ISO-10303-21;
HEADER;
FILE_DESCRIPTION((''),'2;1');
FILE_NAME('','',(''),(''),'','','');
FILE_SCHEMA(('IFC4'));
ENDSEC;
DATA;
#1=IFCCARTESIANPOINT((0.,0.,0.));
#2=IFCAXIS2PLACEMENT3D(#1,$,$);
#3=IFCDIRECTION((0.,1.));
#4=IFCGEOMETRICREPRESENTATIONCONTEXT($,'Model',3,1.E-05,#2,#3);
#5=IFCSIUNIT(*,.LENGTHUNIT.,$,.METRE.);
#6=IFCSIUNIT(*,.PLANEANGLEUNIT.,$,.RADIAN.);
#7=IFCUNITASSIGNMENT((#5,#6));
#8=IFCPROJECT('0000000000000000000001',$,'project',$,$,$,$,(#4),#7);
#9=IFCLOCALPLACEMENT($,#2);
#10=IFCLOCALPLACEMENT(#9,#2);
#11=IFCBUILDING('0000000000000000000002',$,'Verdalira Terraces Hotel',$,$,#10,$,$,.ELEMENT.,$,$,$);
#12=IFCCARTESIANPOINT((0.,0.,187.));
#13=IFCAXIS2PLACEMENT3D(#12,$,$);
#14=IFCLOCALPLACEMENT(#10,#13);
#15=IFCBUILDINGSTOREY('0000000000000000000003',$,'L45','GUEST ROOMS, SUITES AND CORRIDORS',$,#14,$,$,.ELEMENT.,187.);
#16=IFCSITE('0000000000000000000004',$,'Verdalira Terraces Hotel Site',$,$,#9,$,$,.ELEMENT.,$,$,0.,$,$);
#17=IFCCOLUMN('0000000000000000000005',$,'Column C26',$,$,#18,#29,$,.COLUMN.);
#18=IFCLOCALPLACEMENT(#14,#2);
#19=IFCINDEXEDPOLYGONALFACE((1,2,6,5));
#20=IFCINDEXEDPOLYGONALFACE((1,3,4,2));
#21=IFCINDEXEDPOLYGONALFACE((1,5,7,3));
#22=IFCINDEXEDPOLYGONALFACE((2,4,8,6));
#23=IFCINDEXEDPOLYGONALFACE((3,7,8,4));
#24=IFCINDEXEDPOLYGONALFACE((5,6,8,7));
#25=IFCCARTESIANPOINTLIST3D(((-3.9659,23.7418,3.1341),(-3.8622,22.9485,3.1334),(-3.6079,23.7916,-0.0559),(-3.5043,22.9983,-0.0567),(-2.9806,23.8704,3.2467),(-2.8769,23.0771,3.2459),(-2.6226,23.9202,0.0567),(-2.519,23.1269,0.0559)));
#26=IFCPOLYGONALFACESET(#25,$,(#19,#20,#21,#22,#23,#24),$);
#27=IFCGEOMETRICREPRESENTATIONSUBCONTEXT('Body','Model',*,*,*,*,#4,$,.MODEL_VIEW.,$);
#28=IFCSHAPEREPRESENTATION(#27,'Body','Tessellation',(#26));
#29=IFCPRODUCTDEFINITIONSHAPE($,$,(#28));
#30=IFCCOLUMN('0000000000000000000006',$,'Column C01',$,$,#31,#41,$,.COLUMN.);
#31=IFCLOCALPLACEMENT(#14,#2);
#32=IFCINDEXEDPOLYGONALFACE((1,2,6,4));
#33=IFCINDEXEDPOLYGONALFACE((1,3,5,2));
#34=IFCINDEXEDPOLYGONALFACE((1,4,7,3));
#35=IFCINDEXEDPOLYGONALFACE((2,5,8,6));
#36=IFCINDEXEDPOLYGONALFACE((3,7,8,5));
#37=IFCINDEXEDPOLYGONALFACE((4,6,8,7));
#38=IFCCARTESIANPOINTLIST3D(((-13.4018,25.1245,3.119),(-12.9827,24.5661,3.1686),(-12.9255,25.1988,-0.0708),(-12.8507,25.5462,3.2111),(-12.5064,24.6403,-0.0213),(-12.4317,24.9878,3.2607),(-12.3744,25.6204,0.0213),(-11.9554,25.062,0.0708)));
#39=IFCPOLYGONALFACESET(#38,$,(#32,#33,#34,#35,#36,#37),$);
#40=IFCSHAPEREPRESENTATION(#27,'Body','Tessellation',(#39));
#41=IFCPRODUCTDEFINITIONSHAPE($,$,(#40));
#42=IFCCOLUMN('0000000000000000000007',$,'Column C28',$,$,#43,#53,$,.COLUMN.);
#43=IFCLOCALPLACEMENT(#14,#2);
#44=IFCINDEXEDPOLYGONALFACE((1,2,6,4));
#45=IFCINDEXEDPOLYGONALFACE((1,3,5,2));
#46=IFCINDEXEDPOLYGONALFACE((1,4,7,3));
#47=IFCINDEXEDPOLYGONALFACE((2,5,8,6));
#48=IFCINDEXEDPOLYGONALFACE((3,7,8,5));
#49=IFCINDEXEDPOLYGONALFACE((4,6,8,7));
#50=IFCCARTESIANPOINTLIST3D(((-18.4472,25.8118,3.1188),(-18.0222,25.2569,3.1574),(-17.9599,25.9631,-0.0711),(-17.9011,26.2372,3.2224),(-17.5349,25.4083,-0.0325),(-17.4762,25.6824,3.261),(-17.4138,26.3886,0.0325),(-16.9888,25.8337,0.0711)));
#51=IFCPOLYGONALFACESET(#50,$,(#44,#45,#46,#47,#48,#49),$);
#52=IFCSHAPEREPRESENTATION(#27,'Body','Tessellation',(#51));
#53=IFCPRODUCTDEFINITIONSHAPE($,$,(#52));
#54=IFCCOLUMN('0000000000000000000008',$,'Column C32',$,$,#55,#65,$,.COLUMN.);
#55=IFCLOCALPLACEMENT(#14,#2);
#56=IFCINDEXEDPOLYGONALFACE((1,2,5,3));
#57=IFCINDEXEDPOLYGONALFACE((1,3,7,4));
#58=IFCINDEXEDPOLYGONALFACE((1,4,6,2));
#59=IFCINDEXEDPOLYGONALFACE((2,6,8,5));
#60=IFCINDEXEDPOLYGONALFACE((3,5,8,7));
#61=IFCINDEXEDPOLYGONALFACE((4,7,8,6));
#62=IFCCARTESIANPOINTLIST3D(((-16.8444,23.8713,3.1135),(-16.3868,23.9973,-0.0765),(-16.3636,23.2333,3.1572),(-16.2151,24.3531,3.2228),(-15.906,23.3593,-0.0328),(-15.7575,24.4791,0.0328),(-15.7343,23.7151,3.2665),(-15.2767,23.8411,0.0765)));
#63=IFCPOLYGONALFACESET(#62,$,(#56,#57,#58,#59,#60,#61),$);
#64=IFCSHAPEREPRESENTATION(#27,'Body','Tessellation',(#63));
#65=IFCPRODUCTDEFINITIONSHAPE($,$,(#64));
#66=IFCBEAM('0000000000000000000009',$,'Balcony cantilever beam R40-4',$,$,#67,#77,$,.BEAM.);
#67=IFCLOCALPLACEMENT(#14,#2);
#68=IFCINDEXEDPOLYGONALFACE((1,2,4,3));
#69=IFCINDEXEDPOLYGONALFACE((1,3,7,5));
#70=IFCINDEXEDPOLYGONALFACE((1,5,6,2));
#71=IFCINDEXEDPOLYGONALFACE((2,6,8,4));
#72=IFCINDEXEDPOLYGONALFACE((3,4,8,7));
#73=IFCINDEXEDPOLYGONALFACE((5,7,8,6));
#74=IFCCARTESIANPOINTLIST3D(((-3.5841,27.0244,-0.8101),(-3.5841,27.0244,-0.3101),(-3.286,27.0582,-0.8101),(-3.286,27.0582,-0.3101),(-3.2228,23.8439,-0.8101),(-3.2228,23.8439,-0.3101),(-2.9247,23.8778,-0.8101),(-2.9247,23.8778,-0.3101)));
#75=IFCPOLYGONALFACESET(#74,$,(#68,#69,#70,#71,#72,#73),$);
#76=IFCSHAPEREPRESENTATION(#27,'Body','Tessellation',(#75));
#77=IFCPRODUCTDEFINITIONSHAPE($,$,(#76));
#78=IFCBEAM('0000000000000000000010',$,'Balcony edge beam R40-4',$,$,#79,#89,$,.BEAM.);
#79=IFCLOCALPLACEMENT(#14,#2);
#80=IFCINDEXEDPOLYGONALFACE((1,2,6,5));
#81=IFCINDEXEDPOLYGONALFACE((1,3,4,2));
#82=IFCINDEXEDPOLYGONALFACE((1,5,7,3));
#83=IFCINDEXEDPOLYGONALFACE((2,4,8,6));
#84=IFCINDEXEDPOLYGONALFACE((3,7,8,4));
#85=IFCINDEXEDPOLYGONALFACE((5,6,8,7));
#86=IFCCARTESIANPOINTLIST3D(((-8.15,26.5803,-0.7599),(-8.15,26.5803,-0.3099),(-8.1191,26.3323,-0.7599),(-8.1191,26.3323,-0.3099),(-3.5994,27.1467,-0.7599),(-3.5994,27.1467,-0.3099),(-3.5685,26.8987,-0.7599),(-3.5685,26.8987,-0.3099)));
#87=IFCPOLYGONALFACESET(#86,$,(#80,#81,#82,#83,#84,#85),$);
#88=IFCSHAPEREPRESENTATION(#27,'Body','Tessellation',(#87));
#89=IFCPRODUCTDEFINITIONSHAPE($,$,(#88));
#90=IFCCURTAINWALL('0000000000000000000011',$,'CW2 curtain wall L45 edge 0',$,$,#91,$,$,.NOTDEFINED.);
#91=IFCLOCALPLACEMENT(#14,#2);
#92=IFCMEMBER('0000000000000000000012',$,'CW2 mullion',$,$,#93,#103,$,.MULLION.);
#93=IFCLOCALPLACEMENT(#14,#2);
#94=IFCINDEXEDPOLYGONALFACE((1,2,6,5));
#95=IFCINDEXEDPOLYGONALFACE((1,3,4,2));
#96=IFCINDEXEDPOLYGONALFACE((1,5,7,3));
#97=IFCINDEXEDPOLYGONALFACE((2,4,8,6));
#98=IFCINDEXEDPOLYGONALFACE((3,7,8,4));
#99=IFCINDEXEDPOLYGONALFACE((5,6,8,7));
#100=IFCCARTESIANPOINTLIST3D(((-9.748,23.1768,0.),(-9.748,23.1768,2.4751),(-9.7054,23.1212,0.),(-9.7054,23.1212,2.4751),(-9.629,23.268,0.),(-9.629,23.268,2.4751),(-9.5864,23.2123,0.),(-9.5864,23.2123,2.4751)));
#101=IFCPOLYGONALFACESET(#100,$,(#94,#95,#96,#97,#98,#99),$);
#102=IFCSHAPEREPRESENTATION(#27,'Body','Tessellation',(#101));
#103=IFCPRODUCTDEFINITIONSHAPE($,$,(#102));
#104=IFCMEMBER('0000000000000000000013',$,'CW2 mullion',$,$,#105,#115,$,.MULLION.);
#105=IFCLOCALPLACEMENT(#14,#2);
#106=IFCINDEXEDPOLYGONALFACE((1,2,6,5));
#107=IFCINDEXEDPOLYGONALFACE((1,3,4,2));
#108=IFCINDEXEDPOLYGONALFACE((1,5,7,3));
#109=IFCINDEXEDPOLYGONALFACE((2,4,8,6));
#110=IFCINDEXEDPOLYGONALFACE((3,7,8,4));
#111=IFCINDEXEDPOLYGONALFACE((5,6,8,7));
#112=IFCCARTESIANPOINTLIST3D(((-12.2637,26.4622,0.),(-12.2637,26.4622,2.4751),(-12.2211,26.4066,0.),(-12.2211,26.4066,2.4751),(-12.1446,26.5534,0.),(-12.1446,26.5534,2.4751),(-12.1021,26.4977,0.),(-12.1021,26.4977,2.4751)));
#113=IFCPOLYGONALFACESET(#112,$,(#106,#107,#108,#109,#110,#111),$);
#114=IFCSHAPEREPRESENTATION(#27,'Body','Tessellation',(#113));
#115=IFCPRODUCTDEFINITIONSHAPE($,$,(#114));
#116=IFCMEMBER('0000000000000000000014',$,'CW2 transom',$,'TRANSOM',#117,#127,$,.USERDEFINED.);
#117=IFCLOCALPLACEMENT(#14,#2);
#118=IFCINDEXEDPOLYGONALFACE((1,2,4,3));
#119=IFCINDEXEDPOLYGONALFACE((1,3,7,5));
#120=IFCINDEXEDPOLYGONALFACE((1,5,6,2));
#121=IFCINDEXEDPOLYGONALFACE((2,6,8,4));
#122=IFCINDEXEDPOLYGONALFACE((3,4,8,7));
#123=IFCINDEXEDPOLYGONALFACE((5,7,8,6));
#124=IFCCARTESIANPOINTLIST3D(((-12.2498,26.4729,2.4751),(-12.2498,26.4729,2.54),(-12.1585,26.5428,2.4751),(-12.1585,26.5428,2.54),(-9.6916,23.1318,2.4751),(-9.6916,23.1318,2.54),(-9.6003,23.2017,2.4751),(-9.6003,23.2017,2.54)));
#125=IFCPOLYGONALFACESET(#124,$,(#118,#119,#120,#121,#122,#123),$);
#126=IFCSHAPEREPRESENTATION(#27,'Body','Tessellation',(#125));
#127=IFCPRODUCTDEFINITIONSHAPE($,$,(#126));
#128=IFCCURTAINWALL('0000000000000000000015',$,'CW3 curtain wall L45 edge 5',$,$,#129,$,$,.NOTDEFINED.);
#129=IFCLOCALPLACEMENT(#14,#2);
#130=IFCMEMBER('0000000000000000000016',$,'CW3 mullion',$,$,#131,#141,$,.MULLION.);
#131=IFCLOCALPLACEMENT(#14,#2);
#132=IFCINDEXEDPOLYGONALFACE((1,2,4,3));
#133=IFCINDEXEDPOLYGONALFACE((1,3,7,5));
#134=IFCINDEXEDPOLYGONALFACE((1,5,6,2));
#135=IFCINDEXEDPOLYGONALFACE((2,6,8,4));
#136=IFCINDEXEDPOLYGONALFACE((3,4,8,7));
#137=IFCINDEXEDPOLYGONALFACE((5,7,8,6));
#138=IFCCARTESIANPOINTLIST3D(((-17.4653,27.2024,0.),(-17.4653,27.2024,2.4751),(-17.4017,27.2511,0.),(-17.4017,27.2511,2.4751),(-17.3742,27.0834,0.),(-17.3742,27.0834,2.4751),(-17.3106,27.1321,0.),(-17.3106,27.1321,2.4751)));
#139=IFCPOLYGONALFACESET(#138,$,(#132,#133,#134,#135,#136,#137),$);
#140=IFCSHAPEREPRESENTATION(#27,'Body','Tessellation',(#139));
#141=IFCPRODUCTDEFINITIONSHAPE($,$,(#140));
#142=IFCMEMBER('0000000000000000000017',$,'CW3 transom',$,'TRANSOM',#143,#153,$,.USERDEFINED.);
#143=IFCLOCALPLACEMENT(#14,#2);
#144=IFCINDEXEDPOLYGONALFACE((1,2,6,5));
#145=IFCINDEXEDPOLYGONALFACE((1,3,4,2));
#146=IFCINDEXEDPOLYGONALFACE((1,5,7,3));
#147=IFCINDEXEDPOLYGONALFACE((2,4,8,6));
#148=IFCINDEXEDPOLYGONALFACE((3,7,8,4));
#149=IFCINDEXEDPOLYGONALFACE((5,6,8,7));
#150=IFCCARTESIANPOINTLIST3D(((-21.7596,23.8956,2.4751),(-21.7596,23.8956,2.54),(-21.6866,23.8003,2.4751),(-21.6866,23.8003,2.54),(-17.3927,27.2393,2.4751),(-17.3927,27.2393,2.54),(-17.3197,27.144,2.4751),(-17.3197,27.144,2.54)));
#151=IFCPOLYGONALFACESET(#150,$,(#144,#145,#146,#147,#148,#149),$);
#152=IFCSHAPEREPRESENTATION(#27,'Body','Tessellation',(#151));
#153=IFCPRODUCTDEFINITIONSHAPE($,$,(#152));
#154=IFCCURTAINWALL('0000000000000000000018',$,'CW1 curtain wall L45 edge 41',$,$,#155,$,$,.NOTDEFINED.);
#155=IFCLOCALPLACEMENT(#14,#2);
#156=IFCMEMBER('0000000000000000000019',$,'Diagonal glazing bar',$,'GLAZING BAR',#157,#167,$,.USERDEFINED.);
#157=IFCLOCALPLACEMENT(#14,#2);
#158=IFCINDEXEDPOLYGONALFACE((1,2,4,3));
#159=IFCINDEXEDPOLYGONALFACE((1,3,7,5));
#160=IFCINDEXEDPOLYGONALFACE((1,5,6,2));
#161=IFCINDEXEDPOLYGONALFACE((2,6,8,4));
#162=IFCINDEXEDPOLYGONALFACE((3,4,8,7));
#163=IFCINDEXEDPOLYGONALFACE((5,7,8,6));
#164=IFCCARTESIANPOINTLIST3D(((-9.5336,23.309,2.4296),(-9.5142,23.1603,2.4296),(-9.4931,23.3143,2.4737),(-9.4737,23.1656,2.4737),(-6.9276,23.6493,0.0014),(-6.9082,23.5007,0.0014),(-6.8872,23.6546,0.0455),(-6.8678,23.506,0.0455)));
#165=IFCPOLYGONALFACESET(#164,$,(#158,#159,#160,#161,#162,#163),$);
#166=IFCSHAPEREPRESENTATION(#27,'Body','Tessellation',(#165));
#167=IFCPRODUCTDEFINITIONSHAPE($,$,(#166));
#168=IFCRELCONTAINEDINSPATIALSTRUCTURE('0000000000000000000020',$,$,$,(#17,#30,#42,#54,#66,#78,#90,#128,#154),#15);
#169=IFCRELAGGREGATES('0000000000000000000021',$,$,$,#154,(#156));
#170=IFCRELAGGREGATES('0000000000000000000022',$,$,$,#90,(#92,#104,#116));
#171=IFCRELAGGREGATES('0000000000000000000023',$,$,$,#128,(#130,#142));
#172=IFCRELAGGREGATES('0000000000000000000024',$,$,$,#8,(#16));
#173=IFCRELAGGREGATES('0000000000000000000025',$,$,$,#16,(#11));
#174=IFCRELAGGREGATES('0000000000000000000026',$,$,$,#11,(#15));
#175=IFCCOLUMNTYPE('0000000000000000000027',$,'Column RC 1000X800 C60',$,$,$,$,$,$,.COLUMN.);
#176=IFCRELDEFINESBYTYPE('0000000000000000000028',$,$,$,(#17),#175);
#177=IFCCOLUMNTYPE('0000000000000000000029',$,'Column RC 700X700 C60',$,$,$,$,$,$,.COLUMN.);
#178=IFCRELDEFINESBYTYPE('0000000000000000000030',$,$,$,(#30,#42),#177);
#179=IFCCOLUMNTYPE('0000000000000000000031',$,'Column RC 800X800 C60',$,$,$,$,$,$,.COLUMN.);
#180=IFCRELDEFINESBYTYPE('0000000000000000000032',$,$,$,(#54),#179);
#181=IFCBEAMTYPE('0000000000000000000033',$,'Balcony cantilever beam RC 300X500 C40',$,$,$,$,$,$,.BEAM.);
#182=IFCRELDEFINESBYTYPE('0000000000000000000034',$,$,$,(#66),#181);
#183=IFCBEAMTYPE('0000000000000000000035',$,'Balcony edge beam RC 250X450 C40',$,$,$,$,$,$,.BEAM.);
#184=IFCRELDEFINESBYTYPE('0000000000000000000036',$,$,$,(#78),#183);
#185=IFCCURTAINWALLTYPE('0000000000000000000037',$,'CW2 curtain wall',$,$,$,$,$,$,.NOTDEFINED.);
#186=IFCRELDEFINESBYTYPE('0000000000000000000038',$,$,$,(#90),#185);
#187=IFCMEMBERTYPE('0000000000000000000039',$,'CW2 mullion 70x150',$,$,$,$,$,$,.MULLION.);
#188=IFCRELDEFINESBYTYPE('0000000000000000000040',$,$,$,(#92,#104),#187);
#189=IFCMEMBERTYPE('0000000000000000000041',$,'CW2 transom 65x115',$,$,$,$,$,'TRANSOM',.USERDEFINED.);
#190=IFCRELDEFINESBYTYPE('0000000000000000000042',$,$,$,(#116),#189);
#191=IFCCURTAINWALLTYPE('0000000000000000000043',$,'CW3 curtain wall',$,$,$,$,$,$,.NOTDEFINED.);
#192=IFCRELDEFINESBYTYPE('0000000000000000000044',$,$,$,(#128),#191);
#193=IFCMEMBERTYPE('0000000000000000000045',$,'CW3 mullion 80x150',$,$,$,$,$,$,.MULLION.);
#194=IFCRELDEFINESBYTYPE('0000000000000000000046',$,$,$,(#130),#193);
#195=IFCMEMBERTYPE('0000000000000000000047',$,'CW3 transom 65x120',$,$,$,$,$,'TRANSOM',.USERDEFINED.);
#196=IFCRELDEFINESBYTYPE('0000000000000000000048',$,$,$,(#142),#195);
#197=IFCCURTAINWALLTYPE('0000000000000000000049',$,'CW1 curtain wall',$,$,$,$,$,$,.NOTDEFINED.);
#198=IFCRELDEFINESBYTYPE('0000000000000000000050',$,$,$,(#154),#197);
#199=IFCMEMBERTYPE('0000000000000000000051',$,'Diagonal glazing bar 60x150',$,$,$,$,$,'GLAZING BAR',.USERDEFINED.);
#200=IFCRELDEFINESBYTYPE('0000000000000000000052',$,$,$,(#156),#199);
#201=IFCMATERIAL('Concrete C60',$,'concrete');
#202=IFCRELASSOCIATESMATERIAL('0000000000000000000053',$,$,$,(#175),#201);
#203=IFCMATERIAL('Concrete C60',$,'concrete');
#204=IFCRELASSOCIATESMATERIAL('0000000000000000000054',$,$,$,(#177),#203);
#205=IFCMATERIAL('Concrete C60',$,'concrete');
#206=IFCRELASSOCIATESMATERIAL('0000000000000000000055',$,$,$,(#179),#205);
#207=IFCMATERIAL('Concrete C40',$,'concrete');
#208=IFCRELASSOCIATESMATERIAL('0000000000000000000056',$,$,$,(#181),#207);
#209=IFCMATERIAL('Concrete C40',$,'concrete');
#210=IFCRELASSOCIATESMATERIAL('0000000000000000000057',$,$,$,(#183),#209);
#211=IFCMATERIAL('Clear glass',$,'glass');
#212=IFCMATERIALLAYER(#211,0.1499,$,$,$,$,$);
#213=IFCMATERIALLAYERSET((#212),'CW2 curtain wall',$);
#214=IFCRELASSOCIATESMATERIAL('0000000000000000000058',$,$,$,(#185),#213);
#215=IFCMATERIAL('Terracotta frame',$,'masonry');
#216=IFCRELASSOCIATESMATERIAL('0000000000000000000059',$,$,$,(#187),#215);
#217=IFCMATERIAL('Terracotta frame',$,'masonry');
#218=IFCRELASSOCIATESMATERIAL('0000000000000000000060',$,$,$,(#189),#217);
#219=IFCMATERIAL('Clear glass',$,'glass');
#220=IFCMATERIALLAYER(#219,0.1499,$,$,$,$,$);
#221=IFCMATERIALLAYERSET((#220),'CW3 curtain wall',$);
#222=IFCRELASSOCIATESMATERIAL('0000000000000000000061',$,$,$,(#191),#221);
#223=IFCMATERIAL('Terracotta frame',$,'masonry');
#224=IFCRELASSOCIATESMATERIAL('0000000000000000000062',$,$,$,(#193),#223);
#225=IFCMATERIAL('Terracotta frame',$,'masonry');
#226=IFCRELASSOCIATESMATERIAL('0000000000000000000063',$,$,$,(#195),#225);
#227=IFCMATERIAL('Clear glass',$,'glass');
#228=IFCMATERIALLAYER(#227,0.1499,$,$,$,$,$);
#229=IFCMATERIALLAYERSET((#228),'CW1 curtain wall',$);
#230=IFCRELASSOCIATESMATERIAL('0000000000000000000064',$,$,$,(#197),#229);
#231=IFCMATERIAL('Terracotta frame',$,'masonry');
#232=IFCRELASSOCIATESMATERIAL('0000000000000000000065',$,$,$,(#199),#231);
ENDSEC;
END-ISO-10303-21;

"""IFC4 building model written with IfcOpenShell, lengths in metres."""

from ifc_helpers import new_model, si_unit, direction, frame, origin, origin_2d, place, context, subcontext, project, spatial, rectangle, extrude, material, layer, layer_set, material_profile, profile_set, type_object, element, aggregate, save


model = new_model("IFC4")

# Units and contexts
model_context = context("Model", 3, precision=1e-05, world=origin(), true_north=direction((0.0, 1.0)))
body_context = subcontext(model_context, "Body", "Model", "MODEL_VIEW")
ifc_project = project(units=[si_unit("LENGTHUNIT", "METRE"), si_unit("PLANEANGLEUNIT", "RADIAN")], contexts=[model_context])

# Site, building, storey
site_placement = place(None, origin())
site = spatial("IfcSite", under=ifc_project, at=site_placement, Name="Verdalira Terraces Hotel Site", CompositionType="ELEMENT", RefElevation=0.0)
building_placement = place(site_placement, origin())
building = spatial("IfcBuilding", under=site, at=building_placement, Name="Verdalira Terraces Hotel", CompositionType="ELEMENT")
storey_placement = place(building_placement, frame((0.0, 0.0, 187.0)))
storey = spatial("IfcBuildingStorey", under=building, at=storey_placement, Name="L45", Description="GUEST ROOMS, SUITES AND CORRIDORS", CompositionType="ELEMENT", Elevation=187.0)

# Columns
ifc_material_1 = material(Name="Concrete C60", Category="concrete")
ifc_material_profile_1 = material_profile(ifc_material_1, rectangle(XDim=1.0, YDim=0.8, at=origin_2d()), Name="RC 1000X800")
ifc_profile_set_1 = profile_set([ifc_material_profile_1], Name="Concrete C60")
column_type_1 = type_object("IfcColumnType", Name="Column RC 1000X800 C60", PredefinedType="COLUMN", material=ifc_profile_set_1)
column_1_placement = place(storey_placement, frame((-3.0635, 23.4592, 0.0), z_axis=(-0.111487, -0.015514, 0.993645), x_axis=(-0.985289, -0.128594, -0.112557)))
element("IfcColumn", 1, at=column_1_placement, inside=storey, type_object=column_type_1, Name="Column C26", PredefinedType="COLUMN", context=body_context, shape_type="SweptSolid", body=[
    extrude(rectangle(XDim=1.0, YDim=0.8, at=origin_2d()), origin(), (0.0, 0.0, 1.0), 3.2104),
])
ifc_material_2 = material(Name="Concrete C60", Category="concrete")
ifc_material_profile_2 = material_profile(ifc_material_2, rectangle(XDim=0.7, YDim=0.7, at=origin_2d()), Name="RC 700X700")
ifc_profile_set_2 = profile_set([ifc_material_profile_2], Name="Concrete C60")
column_type_2 = type_object("IfcColumnType", Name="Column RC 700X700 C60", PredefinedType="COLUMN", material=ifc_profile_set_2)
column_2_placement = place(storey_placement, frame((-12.4404, 25.1304, 0.0), z_axis=(-0.147642, -0.023005, 0.988773), x_axis=(-0.598702, 0.797834, -0.070835)))
element("IfcColumn", 2, at=column_2_placement, inside=storey, type_object=column_type_2, Name="Column C01", PredefinedType="COLUMN", context=body_context, shape_type="SweptSolid", body=[
    extrude(rectangle(XDim=0.7, YDim=0.7, at=origin_2d()), origin(), (0.0, 0.0, 1.0), 3.2261),
])
column_3_placement = place(storey_placement, frame((-17.4744, 25.8984, 0.0), z_axis=(-0.150845, -0.046856, 0.987446), x_axis=(-0.780149, -0.60783, -0.14802)))
element("IfcColumn", 3, at=column_3_placement, inside=storey, type_object=column_type_2, Name="Column C28", PredefinedType="COLUMN", context=body_context, shape_type="SweptSolid", body=[
    extrude(rectangle(XDim=0.7, YDim=0.7, at=origin_2d()), origin(), (0.0, 0.0, 1.0), 3.2305),
])
ifc_material_3 = material(Name="Concrete C60", Category="concrete")
ifc_material_profile_3 = material_profile(ifc_material_3, rectangle(XDim=0.8, YDim=0.8, at=origin_2d()), Name="RC 800X800")
ifc_profile_set_3 = profile_set([ifc_material_profile_3], Name="Concrete C60")
column_type_3 = type_object("IfcColumnType", Name="Column RC 800X800 C60", PredefinedType="COLUMN", material=ifc_profile_set_3)
column_4_placement = place(storey_placement, frame((-15.8318, 23.9192, 0.0), z_axis=(-0.141865, -0.039062, 0.989115), x_axis=(-0.600958, 0.797407, -0.054702)))
element("IfcColumn", 4, at=column_4_placement, inside=storey, type_object=column_type_3, Name="Column C32", PredefinedType="COLUMN", context=body_context, shape_type="SweptSolid", body=[
    extrude(rectangle(XDim=0.8, YDim=0.8, at=origin_2d()), origin(), (0.0, 0.0, 1.0), 3.2251),
])

# Beams
ifc_material_4 = material(Name="Concrete C40", Category="concrete")
ifc_material_profile_4 = material_profile(ifc_material_4, rectangle(XDim=0.3, YDim=0.5, at=origin_2d()), Name="RC 300X500")
ifc_profile_set_4 = profile_set([ifc_material_profile_4], Name="Concrete C40")
beam_type_1 = type_object("IfcBeamType", Name="Balcony cantilever beam RC 300X500 C40", PredefinedType="BEAM", material=ifc_profile_set_4)
beam_1_placement = place(storey_placement, frame((-3.0737, 23.8608, -0.5601), z_axis=(-0.112884, 0.993608, 0.0), x_axis=(-0.993608, -0.112884, 0.0)))
element("IfcBeam", 5, at=beam_1_placement, inside=storey, type_object=beam_type_1, Name="Balcony cantilever beam R40-4", PredefinedType="BEAM", context=body_context, shape_type="SweptSolid", body=[
    extrude(rectangle(XDim=0.3, YDim=0.5, at=origin_2d()), origin(), (0.0, 0.0, 1.0), 3.2009),
])
ifc_material_5 = material(Name="Concrete C40", Category="concrete")
ifc_material_profile_5 = material_profile(ifc_material_5, rectangle(XDim=0.25, YDim=0.45, at=origin_2d()), Name="RC 250X450")
ifc_profile_set_5 = profile_set([ifc_material_profile_5], Name="Concrete C40")
beam_type_2 = type_object("IfcBeamType", Name="Balcony edge beam RC 250X450 C40", PredefinedType="BEAM", material=ifc_profile_set_5)
beam_2_placement = place(storey_placement, frame((-3.584, 27.0227, -0.5349), z_axis=(-0.992342, -0.123517, 0.0), x_axis=(0.123517, -0.992342, 0.0)))
element("IfcBeam", 6, at=beam_2_placement, inside=storey, type_object=beam_type_2, Name="Balcony edge beam R40-4", PredefinedType="BEAM", context=body_context, shape_type="SweptSolid", body=[
    extrude(rectangle(XDim=0.25, YDim=0.45, at=origin_2d()), origin(), (0.0, 0.0, 1.0), 4.5857),
])

# Curtain walls, members
ifc_material_6 = material(Name="Clear glass", Category="glass")
ifc_layer_1 = layer(ifc_material_6, 0.1499)
ifc_layer_set_1 = layer_set([ifc_layer_1], Name="CW2 curtain wall")
curtain_wall_type_1 = type_object("IfcCurtainWallType", Name="CW2 curtain wall", PredefinedType="NOTDEFINED", material=ifc_layer_set_1)
curtain_wall_1_placement = place(storey_placement, origin())
curtain_wall_1 = element("IfcCurtainWall", 7, at=curtain_wall_1_placement, inside=storey, type_object=curtain_wall_type_1, Name="CW2 curtain wall L45 edge 0", PredefinedType="NOTDEFINED")
ifc_material_7 = material(Name="Terracotta frame", Category="masonry")
ifc_material_profile_6 = material_profile(ifc_material_7, rectangle(XDim=0.0701, YDim=0.1499, at=origin_2d()), Name="MU 70x150")
ifc_profile_set_6 = profile_set([ifc_material_profile_6], Name="Terracotta frame")
member_type_1 = type_object("IfcMemberType", Name="CW2 mullion 70x150", PredefinedType="MULLION", material=ifc_profile_set_6)
member_1_placement = place(storey_placement, frame((-9.6672, 23.1946, 0.0), z_axis=(0.0, 0.0, 1.0), x_axis=(-0.60793, 0.79399, 0.0)))
member_1 = element("IfcMember", 8, at=member_1_placement, type_object=member_type_1, Name="CW2 mullion", PredefinedType="MULLION", context=body_context, shape_type="SweptSolid", body=[
    extrude(rectangle(XDim=0.0701, YDim=0.1499, at=origin_2d()), origin(), (0.0, 0.0, 1.0), 2.4751),
])
member_2_placement = place(storey_placement, frame((-12.1829, 26.48, 0.0), z_axis=(0.0, 0.0, 1.0), x_axis=(-0.60793, 0.79399, 0.0)))
member_2 = element("IfcMember", 9, at=member_2_placement, type_object=member_type_1, Name="CW2 mullion", PredefinedType="MULLION", context=body_context, shape_type="SweptSolid", body=[
    extrude(rectangle(XDim=0.0701, YDim=0.1499, at=origin_2d()), origin(), (0.0, 0.0, 1.0), 2.4751),
])
ifc_material_8 = material(Name="Terracotta frame", Category="masonry")
ifc_material_profile_7 = material_profile(ifc_material_8, rectangle(XDim=0.115, YDim=0.0649, at=origin_2d()), Name="TR 65x115")
ifc_profile_set_7 = profile_set([ifc_material_profile_7], Name="Terracotta frame")
member_type_2 = type_object("IfcMemberType", Name="CW2 transom 65x115", ElementType="TRANSOM", PredefinedType="USERDEFINED", material=ifc_profile_set_7)
member_3_placement = place(storey_placement, frame((-9.646, 23.1667, 2.5076), z_axis=(-0.607926, 0.793994, 0.0), x_axis=(-0.793994, -0.607926, 0.0)))
member_3 = element("IfcMember", 10, at=member_3_placement, type_object=member_type_2, Name="CW2 transom", ObjectType="TRANSOM", PredefinedType="USERDEFINED", context=body_context, shape_type="SweptSolid", body=[
    extrude(rectangle(XDim=0.115, YDim=0.0649, at=origin_2d()), origin(), (0.0, 0.0, 1.0), 4.208),
])
ifc_material_9 = material(Name="Clear glass", Category="glass")
ifc_layer_2 = layer(ifc_material_9, 0.1499)
ifc_layer_set_2 = layer_set([ifc_layer_2], Name="CW3 curtain wall")
curtain_wall_type_2 = type_object("IfcCurtainWallType", Name="CW3 curtain wall", PredefinedType="NOTDEFINED", material=ifc_layer_set_2)
curtain_wall_2_placement = place(storey_placement, origin())
curtain_wall_2 = element("IfcCurtainWall", 11, at=curtain_wall_2_placement, inside=storey, type_object=curtain_wall_type_2, Name="CW3 curtain wall L45 edge 5", PredefinedType="NOTDEFINED")
ifc_material_10 = material(Name="Terracotta frame", Category="masonry")
ifc_material_profile_8 = material_profile(ifc_material_10, rectangle(XDim=0.0801, YDim=0.1499, at=origin_2d()), Name="MU 80x150")
ifc_profile_set_8 = profile_set([ifc_material_profile_8], Name="Terracotta frame")
member_type_3 = type_object("IfcMemberType", Name="CW3 mullion 80x150", PredefinedType="MULLION", material=ifc_profile_set_8)
member_4_placement = place(storey_placement, frame((-17.3879, 27.1672, 0.0), z_axis=(0.0, 0.0, 1.0), x_axis=(-0.79399, -0.60793, 0.0)))
member_4 = element("IfcMember", 12, at=member_4_placement, type_object=member_type_3, Name="CW3 mullion", PredefinedType="MULLION", context=body_context, shape_type="SweptSolid", body=[
    extrude(rectangle(XDim=0.0801, YDim=0.1499, at=origin_2d()), origin(), (0.0, 0.0, 1.0), 2.4751),
])
ifc_material_11 = material(Name="Terracotta frame", Category="masonry")
ifc_material_profile_9 = material_profile(ifc_material_11, rectangle(XDim=0.1201, YDim=0.0649, at=origin_2d()), Name="TR 65x120")
ifc_profile_set_9 = profile_set([ifc_material_profile_9], Name="Terracotta frame")
member_type_4 = type_object("IfcMemberType", Name="CW3 transom 65x120", ElementType="TRANSOM", PredefinedType="USERDEFINED", material=ifc_profile_set_9)
member_5_placement = place(storey_placement, frame((-17.3562, 27.1916, 2.5076), z_axis=(-0.793978, -0.607946, 0.0), x_axis=(0.607946, -0.793978, 0.0)))
member_5 = element("IfcMember", 13, at=member_5_placement, type_object=member_type_4, Name="CW3 transom", ObjectType="TRANSOM", PredefinedType="USERDEFINED", context=body_context, shape_type="SweptSolid", body=[
    extrude(rectangle(XDim=0.1201, YDim=0.0649, at=origin_2d()), origin(), (0.0, 0.0, 1.0), 5.5),
])

# Curtain wall, member
ifc_material_12 = material(Name="Clear glass", Category="glass")
ifc_layer_3 = layer(ifc_material_12, 0.1499)
ifc_layer_set_3 = layer_set([ifc_layer_3], Name="CW1 curtain wall")
curtain_wall_type_3 = type_object("IfcCurtainWallType", Name="CW1 curtain wall", PredefinedType="NOTDEFINED", material=ifc_layer_set_3)
curtain_wall_3_placement = place(storey_placement, origin())
curtain_wall_3 = element("IfcCurtainWall", 14, at=curtain_wall_3_placement, inside=storey, type_object=curtain_wall_type_3, Name="CW1 curtain wall L45 edge 41", PredefinedType="NOTDEFINED")
ifc_material_13 = material(Name="Terracotta frame", Category="masonry")
ifc_material_profile_10 = material_profile(ifc_material_13, rectangle(XDim=0.1499, YDim=0.0601, at=origin_2d()), Name="GB 60x150")
ifc_profile_set_10 = profile_set([ifc_material_profile_10], Name="Terracotta frame")
member_type_5 = type_object("IfcMemberType", Name="Diagonal glazing bar 60x150", ElementType="GLAZING BAR", PredefinedType="USERDEFINED", material=ifc_profile_set_10)
member_6_placement = place(storey_placement, frame((-6.8977, 23.5776, 0.0234), z_axis=(-0.728299, -0.095114, 0.678627), x_axis=(0.129498, -0.99158, 0.0)))
member_6 = element("IfcMember", 15, at=member_6_placement, type_object=member_type_5, Name="Diagonal glazing bar", ObjectType="GLAZING BAR", PredefinedType="USERDEFINED", context=body_context, shape_type="SweptSolid", body=[
    extrude(rectangle(XDim=0.1499, YDim=0.0601, at=origin_2d()), origin(), (0.0, 0.0, 1.0), 3.5781),
])

aggregate(curtain_wall_3, [member_6])
aggregate(curtain_wall_1, [member_1, member_2, member_3])
aggregate(curtain_wall_2, [member_4, member_5])

save(model, "model.ifc")
